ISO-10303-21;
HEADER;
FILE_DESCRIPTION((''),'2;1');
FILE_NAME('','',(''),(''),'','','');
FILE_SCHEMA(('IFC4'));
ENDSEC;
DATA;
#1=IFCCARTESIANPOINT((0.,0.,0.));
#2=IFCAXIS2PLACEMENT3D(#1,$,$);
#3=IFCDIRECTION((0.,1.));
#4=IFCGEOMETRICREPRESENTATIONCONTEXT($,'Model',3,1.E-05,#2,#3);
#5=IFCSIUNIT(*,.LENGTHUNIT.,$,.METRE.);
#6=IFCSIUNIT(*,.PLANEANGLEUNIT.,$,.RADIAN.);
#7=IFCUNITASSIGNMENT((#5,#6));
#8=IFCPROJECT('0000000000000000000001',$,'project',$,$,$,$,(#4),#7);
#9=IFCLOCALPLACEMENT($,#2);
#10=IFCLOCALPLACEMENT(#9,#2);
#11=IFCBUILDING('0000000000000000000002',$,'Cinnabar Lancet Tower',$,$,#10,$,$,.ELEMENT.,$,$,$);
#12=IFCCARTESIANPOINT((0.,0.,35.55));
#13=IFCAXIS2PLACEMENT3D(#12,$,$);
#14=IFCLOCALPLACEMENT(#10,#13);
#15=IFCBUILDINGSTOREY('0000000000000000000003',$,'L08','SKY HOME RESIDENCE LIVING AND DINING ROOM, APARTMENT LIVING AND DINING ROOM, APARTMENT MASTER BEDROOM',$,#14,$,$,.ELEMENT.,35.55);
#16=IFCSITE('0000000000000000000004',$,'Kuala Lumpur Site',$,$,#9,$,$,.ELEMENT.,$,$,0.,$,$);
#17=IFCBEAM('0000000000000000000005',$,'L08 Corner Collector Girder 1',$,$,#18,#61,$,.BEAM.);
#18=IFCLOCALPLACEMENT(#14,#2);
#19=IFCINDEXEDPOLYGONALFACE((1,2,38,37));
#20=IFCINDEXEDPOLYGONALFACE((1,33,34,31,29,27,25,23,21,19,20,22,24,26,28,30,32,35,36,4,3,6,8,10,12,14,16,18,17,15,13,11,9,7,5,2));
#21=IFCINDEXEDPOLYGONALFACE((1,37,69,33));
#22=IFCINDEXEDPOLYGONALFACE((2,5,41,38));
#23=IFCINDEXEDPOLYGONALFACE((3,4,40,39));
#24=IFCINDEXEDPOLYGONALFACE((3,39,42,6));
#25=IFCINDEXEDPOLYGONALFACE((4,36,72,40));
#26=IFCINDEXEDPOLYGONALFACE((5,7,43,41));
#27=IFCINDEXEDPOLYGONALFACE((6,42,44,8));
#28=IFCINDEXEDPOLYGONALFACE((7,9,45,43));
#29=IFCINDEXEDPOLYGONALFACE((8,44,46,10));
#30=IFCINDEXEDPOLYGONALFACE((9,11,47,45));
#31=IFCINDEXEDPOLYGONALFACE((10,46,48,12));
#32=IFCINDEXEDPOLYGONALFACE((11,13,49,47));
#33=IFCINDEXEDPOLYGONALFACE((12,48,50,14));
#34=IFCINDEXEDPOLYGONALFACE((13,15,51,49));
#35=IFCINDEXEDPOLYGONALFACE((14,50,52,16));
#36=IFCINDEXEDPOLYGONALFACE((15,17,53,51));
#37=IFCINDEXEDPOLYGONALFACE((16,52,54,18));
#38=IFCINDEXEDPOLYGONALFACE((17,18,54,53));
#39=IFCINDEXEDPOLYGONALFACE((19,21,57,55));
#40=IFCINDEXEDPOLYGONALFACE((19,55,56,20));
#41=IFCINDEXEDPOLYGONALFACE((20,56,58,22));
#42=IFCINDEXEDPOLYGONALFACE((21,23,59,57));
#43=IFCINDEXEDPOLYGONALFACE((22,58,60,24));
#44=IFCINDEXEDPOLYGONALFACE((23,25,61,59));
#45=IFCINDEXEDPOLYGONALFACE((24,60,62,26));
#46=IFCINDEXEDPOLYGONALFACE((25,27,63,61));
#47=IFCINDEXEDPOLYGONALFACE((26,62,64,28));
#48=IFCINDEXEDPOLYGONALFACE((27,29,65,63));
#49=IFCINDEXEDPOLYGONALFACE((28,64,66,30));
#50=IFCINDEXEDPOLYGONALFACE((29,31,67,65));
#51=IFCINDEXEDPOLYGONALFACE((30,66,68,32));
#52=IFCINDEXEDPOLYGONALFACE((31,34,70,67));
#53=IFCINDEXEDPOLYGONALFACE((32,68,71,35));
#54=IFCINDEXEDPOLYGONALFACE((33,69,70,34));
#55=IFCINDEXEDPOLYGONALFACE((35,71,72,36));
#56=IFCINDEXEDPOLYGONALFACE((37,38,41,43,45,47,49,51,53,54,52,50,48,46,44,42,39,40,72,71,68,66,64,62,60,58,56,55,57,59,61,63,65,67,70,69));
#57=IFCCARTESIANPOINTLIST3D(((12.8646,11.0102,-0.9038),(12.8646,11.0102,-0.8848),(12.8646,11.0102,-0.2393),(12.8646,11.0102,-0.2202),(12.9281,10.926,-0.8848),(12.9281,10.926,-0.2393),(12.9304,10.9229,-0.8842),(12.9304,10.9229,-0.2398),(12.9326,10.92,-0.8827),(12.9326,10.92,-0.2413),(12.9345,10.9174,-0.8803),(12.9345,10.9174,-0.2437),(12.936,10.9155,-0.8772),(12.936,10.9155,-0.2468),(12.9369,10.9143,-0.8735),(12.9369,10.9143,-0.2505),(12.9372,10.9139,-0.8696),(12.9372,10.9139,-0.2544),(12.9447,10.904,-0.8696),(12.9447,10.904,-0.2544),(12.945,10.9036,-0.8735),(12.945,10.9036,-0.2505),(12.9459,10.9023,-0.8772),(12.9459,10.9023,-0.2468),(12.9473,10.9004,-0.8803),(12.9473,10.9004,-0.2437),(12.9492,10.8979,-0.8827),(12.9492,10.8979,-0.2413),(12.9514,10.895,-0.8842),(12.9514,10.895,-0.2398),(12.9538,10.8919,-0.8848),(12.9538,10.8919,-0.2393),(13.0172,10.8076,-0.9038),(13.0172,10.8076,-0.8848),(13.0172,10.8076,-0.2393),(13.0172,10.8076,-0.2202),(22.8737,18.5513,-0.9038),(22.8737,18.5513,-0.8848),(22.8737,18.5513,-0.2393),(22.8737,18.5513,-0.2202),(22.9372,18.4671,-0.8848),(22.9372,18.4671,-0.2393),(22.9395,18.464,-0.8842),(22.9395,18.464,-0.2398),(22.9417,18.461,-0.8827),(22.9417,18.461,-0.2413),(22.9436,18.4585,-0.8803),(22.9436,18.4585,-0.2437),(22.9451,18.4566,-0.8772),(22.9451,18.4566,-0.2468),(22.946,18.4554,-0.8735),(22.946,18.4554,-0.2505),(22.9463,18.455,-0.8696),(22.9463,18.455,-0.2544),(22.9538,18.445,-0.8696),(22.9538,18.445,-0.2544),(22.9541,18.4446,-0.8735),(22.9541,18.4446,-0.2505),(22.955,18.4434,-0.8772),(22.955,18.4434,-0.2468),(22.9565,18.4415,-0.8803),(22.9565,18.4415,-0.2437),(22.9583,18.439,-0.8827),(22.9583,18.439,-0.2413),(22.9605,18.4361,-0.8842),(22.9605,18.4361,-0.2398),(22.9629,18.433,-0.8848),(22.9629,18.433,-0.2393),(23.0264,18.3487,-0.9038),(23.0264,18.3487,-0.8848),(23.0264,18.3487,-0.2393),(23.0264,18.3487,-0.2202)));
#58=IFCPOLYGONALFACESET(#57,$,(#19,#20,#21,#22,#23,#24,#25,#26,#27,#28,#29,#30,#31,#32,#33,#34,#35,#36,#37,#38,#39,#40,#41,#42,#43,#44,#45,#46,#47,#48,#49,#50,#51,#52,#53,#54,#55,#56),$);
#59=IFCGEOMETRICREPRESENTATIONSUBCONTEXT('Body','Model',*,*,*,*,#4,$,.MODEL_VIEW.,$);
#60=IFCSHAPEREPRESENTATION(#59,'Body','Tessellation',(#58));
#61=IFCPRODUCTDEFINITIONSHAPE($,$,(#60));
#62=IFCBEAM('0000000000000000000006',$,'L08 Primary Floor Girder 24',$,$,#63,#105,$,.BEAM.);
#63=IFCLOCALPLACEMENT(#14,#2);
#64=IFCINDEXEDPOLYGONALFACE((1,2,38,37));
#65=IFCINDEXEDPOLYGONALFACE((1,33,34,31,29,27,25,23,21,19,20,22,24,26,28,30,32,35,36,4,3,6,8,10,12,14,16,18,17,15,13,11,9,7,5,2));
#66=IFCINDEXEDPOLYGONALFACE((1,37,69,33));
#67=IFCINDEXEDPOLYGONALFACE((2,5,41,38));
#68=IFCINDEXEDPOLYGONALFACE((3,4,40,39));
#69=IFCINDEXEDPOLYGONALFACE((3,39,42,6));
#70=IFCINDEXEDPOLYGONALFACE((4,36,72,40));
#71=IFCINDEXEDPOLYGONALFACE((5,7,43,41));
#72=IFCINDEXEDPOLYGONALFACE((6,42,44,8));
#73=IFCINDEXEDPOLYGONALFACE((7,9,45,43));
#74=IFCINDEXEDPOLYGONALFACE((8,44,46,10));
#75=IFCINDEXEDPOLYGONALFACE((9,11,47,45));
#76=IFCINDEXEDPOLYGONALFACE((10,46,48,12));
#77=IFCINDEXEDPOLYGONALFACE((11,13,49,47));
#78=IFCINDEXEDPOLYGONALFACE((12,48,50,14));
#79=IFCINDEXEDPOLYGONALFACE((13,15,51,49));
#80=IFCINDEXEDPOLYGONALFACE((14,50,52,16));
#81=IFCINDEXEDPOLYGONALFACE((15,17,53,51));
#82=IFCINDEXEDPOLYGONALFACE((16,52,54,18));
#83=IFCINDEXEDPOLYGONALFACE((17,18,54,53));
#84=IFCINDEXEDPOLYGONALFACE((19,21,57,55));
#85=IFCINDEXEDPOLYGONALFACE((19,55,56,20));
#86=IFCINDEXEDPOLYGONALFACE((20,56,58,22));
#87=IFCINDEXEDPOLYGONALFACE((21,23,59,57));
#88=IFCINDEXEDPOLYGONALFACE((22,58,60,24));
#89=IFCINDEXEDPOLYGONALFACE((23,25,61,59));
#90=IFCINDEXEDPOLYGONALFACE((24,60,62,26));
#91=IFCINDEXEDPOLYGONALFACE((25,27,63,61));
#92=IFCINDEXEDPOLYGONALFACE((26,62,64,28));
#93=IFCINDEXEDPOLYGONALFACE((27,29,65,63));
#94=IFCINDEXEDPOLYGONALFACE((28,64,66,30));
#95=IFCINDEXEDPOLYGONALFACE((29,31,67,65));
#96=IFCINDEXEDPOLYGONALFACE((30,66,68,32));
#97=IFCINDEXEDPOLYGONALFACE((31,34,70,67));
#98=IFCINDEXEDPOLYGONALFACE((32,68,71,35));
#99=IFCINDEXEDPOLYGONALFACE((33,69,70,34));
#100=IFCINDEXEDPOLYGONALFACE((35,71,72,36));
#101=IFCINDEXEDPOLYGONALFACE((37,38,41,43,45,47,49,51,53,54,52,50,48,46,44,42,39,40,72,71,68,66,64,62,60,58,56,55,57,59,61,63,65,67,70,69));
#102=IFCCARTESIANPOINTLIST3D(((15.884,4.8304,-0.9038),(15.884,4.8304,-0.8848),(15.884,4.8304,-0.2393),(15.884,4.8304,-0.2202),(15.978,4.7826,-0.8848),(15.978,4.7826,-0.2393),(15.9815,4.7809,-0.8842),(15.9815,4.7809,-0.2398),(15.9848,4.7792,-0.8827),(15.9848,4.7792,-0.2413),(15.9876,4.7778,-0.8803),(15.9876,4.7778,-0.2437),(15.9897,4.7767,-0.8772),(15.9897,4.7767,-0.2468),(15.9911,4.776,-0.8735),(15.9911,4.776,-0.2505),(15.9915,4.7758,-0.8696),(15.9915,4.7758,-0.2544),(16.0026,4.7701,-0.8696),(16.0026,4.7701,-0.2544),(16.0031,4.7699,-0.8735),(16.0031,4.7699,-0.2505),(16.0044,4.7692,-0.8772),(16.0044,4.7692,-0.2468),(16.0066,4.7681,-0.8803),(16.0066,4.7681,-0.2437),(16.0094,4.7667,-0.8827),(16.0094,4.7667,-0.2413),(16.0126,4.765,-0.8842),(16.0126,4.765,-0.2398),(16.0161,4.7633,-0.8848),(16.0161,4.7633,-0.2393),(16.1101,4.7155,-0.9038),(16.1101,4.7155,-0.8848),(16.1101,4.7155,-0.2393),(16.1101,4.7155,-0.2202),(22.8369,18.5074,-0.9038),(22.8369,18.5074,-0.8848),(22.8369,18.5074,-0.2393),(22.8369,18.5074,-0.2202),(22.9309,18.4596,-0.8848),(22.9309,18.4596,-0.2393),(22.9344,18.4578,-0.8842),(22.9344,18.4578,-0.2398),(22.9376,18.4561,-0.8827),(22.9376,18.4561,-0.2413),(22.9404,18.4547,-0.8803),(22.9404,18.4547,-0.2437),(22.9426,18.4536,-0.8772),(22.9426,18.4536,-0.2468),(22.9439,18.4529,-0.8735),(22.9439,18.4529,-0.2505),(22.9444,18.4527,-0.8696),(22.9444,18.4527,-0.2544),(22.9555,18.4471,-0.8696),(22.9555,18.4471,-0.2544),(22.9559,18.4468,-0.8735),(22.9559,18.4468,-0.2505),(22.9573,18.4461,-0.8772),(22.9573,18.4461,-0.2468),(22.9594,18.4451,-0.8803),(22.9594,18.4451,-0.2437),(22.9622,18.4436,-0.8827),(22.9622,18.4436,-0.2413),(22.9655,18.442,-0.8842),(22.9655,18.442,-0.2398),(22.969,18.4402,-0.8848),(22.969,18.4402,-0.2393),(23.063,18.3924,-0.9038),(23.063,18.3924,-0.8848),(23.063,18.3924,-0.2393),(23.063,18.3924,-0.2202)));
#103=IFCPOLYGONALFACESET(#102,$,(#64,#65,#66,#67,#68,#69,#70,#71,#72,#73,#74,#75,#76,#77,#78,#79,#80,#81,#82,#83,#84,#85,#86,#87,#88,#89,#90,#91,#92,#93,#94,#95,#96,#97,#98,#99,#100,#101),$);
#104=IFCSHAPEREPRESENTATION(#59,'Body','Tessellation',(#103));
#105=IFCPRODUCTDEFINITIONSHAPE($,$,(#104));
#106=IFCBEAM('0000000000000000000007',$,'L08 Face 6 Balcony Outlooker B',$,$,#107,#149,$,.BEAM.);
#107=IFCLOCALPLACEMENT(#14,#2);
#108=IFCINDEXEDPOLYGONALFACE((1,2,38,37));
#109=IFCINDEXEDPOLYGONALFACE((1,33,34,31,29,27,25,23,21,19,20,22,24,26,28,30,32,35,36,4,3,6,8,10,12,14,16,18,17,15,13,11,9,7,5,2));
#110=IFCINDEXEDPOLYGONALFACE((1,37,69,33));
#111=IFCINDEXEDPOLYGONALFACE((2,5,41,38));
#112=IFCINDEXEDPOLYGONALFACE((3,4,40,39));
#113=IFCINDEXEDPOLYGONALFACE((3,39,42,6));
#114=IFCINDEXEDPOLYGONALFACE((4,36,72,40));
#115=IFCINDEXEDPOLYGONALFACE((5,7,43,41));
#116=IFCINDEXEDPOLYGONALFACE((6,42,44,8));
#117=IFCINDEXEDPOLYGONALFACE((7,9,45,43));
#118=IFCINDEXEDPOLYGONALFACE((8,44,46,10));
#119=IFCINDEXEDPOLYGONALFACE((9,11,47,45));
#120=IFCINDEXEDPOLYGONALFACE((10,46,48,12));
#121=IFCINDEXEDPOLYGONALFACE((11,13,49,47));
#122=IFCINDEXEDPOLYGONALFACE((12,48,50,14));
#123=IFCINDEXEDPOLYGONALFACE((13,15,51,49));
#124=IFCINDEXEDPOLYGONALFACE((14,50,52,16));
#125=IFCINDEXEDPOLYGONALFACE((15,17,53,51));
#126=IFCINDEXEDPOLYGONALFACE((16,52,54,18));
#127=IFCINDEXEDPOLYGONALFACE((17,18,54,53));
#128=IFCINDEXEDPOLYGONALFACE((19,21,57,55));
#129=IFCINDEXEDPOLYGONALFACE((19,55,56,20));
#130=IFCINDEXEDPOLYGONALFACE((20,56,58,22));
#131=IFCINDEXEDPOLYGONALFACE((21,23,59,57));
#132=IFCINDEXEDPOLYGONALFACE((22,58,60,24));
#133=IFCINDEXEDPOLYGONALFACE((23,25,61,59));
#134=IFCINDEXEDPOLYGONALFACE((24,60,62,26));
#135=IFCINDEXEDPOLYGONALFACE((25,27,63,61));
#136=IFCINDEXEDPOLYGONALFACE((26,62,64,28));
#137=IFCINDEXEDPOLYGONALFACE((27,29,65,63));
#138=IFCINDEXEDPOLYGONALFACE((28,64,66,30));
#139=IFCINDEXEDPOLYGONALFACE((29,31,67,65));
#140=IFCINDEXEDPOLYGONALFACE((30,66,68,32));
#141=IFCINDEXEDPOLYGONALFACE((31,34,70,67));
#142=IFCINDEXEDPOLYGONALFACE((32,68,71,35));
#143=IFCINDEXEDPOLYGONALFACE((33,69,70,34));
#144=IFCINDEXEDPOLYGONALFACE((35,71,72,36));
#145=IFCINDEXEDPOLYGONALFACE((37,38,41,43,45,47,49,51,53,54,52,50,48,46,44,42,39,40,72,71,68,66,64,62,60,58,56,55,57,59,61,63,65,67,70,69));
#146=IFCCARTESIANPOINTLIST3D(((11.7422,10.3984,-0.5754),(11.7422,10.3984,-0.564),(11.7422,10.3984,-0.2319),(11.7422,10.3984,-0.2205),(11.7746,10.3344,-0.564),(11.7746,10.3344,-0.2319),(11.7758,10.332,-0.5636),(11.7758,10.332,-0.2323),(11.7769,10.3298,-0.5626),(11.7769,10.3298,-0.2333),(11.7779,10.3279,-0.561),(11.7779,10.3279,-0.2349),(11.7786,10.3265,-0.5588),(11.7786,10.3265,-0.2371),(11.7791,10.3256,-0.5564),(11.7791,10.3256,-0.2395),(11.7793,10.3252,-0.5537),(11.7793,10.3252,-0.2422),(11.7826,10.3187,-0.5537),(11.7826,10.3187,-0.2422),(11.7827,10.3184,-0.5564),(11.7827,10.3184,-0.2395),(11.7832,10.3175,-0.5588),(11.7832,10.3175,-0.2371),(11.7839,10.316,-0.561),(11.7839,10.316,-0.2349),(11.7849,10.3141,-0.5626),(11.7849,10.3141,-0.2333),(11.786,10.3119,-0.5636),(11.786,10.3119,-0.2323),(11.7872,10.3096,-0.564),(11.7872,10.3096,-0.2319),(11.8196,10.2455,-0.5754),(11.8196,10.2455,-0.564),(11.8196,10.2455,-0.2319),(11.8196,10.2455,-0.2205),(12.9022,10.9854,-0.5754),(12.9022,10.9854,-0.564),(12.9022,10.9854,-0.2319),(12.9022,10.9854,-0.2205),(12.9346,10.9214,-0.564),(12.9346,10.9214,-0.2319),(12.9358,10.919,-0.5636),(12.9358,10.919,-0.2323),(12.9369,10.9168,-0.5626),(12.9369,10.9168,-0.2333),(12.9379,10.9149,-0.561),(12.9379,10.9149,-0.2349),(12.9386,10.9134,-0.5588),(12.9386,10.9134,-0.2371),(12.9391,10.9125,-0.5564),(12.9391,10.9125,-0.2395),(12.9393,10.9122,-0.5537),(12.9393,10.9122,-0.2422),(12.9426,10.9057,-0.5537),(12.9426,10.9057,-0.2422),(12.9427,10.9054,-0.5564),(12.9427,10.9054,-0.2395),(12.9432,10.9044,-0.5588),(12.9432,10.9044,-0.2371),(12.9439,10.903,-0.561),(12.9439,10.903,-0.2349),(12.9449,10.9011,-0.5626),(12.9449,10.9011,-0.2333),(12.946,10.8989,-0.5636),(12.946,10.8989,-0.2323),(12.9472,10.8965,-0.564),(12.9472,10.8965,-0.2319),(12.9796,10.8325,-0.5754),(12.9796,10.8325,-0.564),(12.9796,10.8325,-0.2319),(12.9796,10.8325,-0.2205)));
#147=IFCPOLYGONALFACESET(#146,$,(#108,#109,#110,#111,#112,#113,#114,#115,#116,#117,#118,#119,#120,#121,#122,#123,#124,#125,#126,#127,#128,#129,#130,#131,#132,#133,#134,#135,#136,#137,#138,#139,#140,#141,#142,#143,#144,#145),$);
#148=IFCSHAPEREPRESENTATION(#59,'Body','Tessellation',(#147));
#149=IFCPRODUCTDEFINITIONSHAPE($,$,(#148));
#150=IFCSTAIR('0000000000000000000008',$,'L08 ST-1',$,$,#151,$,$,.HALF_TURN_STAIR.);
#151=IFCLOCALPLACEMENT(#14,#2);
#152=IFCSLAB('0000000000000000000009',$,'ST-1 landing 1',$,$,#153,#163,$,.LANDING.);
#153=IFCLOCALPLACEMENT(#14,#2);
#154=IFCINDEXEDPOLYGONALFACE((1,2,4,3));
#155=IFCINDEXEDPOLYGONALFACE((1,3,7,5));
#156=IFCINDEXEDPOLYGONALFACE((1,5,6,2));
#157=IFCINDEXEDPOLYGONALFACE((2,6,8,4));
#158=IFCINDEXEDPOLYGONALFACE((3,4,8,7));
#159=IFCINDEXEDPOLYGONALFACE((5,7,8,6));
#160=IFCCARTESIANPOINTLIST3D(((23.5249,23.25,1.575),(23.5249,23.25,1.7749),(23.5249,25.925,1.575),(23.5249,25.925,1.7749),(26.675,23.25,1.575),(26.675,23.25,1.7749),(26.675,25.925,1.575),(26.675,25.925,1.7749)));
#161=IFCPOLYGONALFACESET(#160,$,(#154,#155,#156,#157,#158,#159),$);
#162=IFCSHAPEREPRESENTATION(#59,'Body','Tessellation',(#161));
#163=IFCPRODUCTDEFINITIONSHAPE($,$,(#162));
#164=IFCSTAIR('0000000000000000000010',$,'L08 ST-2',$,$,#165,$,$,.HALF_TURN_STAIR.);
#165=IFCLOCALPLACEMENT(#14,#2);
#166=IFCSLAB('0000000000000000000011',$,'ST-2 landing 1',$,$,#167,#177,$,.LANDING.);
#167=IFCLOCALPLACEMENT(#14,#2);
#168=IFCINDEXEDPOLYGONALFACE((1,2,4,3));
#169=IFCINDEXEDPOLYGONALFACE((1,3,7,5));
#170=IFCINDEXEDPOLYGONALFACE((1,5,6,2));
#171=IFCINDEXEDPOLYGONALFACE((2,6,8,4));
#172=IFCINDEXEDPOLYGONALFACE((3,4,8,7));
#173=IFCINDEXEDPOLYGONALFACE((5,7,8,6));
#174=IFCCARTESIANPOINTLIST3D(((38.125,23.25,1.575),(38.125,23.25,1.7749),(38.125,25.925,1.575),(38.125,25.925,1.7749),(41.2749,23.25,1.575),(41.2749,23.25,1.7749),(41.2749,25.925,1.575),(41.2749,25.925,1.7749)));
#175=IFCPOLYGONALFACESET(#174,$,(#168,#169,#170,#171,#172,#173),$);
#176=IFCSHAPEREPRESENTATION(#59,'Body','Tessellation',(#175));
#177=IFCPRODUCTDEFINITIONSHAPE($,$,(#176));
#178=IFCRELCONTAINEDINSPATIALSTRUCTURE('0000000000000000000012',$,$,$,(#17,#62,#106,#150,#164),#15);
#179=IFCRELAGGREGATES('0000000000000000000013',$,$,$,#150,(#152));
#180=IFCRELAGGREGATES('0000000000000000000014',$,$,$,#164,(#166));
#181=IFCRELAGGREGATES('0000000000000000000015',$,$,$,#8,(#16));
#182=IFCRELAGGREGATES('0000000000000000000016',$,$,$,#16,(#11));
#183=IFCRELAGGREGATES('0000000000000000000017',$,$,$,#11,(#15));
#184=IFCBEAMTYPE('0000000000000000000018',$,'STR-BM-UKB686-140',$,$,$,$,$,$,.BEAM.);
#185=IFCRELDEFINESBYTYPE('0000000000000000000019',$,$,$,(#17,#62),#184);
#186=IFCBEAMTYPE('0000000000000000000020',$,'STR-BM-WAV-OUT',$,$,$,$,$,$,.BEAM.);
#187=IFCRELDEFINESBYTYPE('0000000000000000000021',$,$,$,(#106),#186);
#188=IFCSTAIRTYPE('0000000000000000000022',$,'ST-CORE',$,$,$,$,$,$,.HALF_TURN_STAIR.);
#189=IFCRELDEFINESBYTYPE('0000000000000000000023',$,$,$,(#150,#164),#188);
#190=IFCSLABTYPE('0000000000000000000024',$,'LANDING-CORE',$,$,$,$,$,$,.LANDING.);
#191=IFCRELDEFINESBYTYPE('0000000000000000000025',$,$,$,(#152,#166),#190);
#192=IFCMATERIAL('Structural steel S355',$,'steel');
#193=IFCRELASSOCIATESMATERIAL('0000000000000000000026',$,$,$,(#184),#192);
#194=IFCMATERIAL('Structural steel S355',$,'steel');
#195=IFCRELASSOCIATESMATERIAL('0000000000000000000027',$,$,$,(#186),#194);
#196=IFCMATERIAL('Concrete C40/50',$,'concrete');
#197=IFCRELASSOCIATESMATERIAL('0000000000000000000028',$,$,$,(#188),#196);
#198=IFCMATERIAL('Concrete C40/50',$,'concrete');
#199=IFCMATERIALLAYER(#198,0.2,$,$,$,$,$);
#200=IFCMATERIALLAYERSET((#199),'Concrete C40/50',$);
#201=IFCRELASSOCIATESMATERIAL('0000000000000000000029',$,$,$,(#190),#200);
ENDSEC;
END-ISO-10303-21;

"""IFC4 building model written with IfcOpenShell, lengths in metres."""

from ifc_helpers import new_model, si_unit, direction, frame, origin, origin_2d, place, context, subcontext, project, spatial, polyline, i_section, outline, extrude, material, layer, layer_set, material_profile, profile_set, type_object, element, aggregate, save


model = new_model("IFC4")

# Units and contexts
model_context = context("Model", 3, precision=1e-05, world=origin(), true_north=direction((0.0, 1.0)))
body_context = subcontext(model_context, "Body", "Model", "MODEL_VIEW")
ifc_project = project(units=[si_unit("LENGTHUNIT", "METRE"), si_unit("PLANEANGLEUNIT", "RADIAN")], contexts=[model_context])

# Site, building, storey
site_placement = place(None, origin())
site = spatial("IfcSite", under=ifc_project, at=site_placement, Name="Kuala Lumpur Site", CompositionType="ELEMENT", RefElevation=0.0)
building_placement = place(site_placement, origin())
building = spatial("IfcBuilding", under=site, at=building_placement, Name="Cinnabar Lancet Tower", CompositionType="ELEMENT")
storey_placement = place(building_placement, frame((0.0, 0.0, 35.55)))
storey = spatial("IfcBuildingStorey", under=building, at=storey_placement, Name="L08", Description="SKY HOME RESIDENCE LIVING AND DINING ROOM, APARTMENT LIVING AND DINING ROOM, APARTMENT MASTER BEDROOM", CompositionType="ELEMENT", Elevation=35.55)

# Beams
ifc_material_1 = material(Name="Structural steel S355", Category="steel")
ifc_material_profile_1 = material_profile(ifc_material_1, i_section(OverallWidth=0.2537, OverallDepth=0.6836, WebThickness=0.0125, FlangeThickness=0.019, FilletRadius=0.0151, at=origin_2d()), Name="UKB 686x254x140")
ifc_profile_set_1 = profile_set([ifc_material_profile_1], Name="Structural steel S355")
beam_type_1 = type_object("IfcBeamType", Name="STR-BM-UKB686-140", PredefinedType="BEAM", material=ifc_profile_set_1)
beam_1_placement = place(storey_placement, frame((12.9409, 10.9089, -0.562), z_axis=(0.798687, 0.601747, 0.0), x_axis=(-0.601747, 0.798687, 0.0)))
element("IfcBeam", 1, at=beam_1_placement, inside=storey, type_object=beam_type_1, Name="L08 Corner Collector Girder 1", PredefinedType="BEAM", context=body_context, shape_type="SweptSolid", body=[
    extrude(i_section(OverallWidth=0.2537, OverallDepth=0.6836, WebThickness=0.0125, FlangeThickness=0.019, FilletRadius=0.0151, at=origin_2d()), origin(), (0.0, 0.0, 1.0), 12.532),
])
beam_2_placement = place(storey_placement, frame((15.9971, 4.7729, -0.562), z_axis=(0.453168, 0.891425, 0.0), x_axis=(-0.891425, 0.453168, 0.0)))
element("IfcBeam", 2, at=beam_2_placement, inside=storey, type_object=beam_type_1, Name="L08 Primary Floor Girder 24", PredefinedType="BEAM", context=body_context, shape_type="SweptSolid", body=[
    extrude(i_section(OverallWidth=0.2537, OverallDepth=0.6836, WebThickness=0.0125, FlangeThickness=0.019, FilletRadius=0.0151, at=origin_2d()), origin(), (0.0, 0.0, 1.0), 15.3428),
])
ifc_material_2 = material(Name="Structural steel S355", Category="steel")
ifc_material_profile_2 = material_profile(ifc_material_2, i_section(OverallWidth=0.1714, OverallDepth=0.355, WebThickness=0.0073, FlangeThickness=0.0115, FilletRadius=0.0103, at=origin_2d()), Name="UKB 356x171x51")
ifc_profile_set_2 = profile_set([ifc_material_profile_2], Name="Structural steel S355")
beam_type_2 = type_object("IfcBeamType", Name="STR-BM-WAV-OUT", PredefinedType="BEAM", material=ifc_profile_set_2)
beam_3_placement = place(storey_placement, frame((12.9409, 10.9089, -0.3979), z_axis=(-0.892276, -0.45149, 0.0), x_axis=(0.45149, -0.892276, 0.0)))
element("IfcBeam", 3, at=beam_3_placement, inside=storey, type_object=beam_type_2, Name="L08 Face 6 Balcony Outlooker B", PredefinedType="BEAM", context=body_context, shape_type="SweptSolid", body=[
    extrude(i_section(OverallWidth=0.1714, OverallDepth=0.355, WebThickness=0.0073, FlangeThickness=0.0115, FilletRadius=0.0103, at=origin_2d()), origin(), (0.0, 0.0, 1.0), 1.3),
])

# Stairs, slabs
ifc_material_3 = material(Name="Concrete C40/50", Category="concrete")
stair_type = type_object("IfcStairType", Name="ST-CORE", PredefinedType="HALF_TURN_STAIR", material=ifc_material_3)
stair_1_placement = place(storey_placement, origin())
stair_1 = element("IfcStair", 4, at=stair_1_placement, inside=storey, type_object=stair_type, Name="L08 ST-1", PredefinedType="HALF_TURN_STAIR")
ifc_material_4 = material(Name="Concrete C40/50", Category="concrete")
ifc_layer_1 = layer(ifc_material_4, 0.2)
ifc_layer_set_1 = layer_set([ifc_layer_1], Name="Concrete C40/50")
slab_type_1 = type_object("IfcSlabType", Name="LANDING-CORE", PredefinedType="LANDING", material=ifc_layer_set_1)
slab_1_placement = place(storey_placement, frame((0.0, 0.0, 1.575)))
slab_1 = element("IfcSlab", 5, at=slab_1_placement, type_object=slab_type_1, Name="ST-1 landing 1", PredefinedType="LANDING", context=body_context, shape_type="SweptSolid", body=[
    extrude(outline(polyline([(23.5249, 25.925), (23.5249, 23.25), (26.675, 23.25), (26.675, 25.925), (23.5249, 25.925)])), origin(), (0.0, 0.0, 1.0), 0.2),
])
aggregate(stair_1, [slab_1])
stair_2_placement = place(storey_placement, origin())
stair_2 = element("IfcStair", 6, at=stair_2_placement, inside=storey, type_object=stair_type, Name="L08 ST-2", PredefinedType="HALF_TURN_STAIR")
slab_2_placement = place(storey_placement, frame((0.0, 0.0, 1.575)))
slab_2 = element("IfcSlab", 7, at=slab_2_placement, type_object=slab_type_1, Name="ST-2 landing 1", PredefinedType="LANDING", context=body_context, shape_type="SweptSolid", body=[
    extrude(outline(polyline([(38.125, 25.925), (38.125, 23.25), (41.2749, 23.25), (41.2749, 25.925), (38.125, 25.925)])), origin(), (0.0, 0.0, 1.0), 0.2),
])
aggregate(stair_2, [slab_2])

save(model, "model.ifc")
